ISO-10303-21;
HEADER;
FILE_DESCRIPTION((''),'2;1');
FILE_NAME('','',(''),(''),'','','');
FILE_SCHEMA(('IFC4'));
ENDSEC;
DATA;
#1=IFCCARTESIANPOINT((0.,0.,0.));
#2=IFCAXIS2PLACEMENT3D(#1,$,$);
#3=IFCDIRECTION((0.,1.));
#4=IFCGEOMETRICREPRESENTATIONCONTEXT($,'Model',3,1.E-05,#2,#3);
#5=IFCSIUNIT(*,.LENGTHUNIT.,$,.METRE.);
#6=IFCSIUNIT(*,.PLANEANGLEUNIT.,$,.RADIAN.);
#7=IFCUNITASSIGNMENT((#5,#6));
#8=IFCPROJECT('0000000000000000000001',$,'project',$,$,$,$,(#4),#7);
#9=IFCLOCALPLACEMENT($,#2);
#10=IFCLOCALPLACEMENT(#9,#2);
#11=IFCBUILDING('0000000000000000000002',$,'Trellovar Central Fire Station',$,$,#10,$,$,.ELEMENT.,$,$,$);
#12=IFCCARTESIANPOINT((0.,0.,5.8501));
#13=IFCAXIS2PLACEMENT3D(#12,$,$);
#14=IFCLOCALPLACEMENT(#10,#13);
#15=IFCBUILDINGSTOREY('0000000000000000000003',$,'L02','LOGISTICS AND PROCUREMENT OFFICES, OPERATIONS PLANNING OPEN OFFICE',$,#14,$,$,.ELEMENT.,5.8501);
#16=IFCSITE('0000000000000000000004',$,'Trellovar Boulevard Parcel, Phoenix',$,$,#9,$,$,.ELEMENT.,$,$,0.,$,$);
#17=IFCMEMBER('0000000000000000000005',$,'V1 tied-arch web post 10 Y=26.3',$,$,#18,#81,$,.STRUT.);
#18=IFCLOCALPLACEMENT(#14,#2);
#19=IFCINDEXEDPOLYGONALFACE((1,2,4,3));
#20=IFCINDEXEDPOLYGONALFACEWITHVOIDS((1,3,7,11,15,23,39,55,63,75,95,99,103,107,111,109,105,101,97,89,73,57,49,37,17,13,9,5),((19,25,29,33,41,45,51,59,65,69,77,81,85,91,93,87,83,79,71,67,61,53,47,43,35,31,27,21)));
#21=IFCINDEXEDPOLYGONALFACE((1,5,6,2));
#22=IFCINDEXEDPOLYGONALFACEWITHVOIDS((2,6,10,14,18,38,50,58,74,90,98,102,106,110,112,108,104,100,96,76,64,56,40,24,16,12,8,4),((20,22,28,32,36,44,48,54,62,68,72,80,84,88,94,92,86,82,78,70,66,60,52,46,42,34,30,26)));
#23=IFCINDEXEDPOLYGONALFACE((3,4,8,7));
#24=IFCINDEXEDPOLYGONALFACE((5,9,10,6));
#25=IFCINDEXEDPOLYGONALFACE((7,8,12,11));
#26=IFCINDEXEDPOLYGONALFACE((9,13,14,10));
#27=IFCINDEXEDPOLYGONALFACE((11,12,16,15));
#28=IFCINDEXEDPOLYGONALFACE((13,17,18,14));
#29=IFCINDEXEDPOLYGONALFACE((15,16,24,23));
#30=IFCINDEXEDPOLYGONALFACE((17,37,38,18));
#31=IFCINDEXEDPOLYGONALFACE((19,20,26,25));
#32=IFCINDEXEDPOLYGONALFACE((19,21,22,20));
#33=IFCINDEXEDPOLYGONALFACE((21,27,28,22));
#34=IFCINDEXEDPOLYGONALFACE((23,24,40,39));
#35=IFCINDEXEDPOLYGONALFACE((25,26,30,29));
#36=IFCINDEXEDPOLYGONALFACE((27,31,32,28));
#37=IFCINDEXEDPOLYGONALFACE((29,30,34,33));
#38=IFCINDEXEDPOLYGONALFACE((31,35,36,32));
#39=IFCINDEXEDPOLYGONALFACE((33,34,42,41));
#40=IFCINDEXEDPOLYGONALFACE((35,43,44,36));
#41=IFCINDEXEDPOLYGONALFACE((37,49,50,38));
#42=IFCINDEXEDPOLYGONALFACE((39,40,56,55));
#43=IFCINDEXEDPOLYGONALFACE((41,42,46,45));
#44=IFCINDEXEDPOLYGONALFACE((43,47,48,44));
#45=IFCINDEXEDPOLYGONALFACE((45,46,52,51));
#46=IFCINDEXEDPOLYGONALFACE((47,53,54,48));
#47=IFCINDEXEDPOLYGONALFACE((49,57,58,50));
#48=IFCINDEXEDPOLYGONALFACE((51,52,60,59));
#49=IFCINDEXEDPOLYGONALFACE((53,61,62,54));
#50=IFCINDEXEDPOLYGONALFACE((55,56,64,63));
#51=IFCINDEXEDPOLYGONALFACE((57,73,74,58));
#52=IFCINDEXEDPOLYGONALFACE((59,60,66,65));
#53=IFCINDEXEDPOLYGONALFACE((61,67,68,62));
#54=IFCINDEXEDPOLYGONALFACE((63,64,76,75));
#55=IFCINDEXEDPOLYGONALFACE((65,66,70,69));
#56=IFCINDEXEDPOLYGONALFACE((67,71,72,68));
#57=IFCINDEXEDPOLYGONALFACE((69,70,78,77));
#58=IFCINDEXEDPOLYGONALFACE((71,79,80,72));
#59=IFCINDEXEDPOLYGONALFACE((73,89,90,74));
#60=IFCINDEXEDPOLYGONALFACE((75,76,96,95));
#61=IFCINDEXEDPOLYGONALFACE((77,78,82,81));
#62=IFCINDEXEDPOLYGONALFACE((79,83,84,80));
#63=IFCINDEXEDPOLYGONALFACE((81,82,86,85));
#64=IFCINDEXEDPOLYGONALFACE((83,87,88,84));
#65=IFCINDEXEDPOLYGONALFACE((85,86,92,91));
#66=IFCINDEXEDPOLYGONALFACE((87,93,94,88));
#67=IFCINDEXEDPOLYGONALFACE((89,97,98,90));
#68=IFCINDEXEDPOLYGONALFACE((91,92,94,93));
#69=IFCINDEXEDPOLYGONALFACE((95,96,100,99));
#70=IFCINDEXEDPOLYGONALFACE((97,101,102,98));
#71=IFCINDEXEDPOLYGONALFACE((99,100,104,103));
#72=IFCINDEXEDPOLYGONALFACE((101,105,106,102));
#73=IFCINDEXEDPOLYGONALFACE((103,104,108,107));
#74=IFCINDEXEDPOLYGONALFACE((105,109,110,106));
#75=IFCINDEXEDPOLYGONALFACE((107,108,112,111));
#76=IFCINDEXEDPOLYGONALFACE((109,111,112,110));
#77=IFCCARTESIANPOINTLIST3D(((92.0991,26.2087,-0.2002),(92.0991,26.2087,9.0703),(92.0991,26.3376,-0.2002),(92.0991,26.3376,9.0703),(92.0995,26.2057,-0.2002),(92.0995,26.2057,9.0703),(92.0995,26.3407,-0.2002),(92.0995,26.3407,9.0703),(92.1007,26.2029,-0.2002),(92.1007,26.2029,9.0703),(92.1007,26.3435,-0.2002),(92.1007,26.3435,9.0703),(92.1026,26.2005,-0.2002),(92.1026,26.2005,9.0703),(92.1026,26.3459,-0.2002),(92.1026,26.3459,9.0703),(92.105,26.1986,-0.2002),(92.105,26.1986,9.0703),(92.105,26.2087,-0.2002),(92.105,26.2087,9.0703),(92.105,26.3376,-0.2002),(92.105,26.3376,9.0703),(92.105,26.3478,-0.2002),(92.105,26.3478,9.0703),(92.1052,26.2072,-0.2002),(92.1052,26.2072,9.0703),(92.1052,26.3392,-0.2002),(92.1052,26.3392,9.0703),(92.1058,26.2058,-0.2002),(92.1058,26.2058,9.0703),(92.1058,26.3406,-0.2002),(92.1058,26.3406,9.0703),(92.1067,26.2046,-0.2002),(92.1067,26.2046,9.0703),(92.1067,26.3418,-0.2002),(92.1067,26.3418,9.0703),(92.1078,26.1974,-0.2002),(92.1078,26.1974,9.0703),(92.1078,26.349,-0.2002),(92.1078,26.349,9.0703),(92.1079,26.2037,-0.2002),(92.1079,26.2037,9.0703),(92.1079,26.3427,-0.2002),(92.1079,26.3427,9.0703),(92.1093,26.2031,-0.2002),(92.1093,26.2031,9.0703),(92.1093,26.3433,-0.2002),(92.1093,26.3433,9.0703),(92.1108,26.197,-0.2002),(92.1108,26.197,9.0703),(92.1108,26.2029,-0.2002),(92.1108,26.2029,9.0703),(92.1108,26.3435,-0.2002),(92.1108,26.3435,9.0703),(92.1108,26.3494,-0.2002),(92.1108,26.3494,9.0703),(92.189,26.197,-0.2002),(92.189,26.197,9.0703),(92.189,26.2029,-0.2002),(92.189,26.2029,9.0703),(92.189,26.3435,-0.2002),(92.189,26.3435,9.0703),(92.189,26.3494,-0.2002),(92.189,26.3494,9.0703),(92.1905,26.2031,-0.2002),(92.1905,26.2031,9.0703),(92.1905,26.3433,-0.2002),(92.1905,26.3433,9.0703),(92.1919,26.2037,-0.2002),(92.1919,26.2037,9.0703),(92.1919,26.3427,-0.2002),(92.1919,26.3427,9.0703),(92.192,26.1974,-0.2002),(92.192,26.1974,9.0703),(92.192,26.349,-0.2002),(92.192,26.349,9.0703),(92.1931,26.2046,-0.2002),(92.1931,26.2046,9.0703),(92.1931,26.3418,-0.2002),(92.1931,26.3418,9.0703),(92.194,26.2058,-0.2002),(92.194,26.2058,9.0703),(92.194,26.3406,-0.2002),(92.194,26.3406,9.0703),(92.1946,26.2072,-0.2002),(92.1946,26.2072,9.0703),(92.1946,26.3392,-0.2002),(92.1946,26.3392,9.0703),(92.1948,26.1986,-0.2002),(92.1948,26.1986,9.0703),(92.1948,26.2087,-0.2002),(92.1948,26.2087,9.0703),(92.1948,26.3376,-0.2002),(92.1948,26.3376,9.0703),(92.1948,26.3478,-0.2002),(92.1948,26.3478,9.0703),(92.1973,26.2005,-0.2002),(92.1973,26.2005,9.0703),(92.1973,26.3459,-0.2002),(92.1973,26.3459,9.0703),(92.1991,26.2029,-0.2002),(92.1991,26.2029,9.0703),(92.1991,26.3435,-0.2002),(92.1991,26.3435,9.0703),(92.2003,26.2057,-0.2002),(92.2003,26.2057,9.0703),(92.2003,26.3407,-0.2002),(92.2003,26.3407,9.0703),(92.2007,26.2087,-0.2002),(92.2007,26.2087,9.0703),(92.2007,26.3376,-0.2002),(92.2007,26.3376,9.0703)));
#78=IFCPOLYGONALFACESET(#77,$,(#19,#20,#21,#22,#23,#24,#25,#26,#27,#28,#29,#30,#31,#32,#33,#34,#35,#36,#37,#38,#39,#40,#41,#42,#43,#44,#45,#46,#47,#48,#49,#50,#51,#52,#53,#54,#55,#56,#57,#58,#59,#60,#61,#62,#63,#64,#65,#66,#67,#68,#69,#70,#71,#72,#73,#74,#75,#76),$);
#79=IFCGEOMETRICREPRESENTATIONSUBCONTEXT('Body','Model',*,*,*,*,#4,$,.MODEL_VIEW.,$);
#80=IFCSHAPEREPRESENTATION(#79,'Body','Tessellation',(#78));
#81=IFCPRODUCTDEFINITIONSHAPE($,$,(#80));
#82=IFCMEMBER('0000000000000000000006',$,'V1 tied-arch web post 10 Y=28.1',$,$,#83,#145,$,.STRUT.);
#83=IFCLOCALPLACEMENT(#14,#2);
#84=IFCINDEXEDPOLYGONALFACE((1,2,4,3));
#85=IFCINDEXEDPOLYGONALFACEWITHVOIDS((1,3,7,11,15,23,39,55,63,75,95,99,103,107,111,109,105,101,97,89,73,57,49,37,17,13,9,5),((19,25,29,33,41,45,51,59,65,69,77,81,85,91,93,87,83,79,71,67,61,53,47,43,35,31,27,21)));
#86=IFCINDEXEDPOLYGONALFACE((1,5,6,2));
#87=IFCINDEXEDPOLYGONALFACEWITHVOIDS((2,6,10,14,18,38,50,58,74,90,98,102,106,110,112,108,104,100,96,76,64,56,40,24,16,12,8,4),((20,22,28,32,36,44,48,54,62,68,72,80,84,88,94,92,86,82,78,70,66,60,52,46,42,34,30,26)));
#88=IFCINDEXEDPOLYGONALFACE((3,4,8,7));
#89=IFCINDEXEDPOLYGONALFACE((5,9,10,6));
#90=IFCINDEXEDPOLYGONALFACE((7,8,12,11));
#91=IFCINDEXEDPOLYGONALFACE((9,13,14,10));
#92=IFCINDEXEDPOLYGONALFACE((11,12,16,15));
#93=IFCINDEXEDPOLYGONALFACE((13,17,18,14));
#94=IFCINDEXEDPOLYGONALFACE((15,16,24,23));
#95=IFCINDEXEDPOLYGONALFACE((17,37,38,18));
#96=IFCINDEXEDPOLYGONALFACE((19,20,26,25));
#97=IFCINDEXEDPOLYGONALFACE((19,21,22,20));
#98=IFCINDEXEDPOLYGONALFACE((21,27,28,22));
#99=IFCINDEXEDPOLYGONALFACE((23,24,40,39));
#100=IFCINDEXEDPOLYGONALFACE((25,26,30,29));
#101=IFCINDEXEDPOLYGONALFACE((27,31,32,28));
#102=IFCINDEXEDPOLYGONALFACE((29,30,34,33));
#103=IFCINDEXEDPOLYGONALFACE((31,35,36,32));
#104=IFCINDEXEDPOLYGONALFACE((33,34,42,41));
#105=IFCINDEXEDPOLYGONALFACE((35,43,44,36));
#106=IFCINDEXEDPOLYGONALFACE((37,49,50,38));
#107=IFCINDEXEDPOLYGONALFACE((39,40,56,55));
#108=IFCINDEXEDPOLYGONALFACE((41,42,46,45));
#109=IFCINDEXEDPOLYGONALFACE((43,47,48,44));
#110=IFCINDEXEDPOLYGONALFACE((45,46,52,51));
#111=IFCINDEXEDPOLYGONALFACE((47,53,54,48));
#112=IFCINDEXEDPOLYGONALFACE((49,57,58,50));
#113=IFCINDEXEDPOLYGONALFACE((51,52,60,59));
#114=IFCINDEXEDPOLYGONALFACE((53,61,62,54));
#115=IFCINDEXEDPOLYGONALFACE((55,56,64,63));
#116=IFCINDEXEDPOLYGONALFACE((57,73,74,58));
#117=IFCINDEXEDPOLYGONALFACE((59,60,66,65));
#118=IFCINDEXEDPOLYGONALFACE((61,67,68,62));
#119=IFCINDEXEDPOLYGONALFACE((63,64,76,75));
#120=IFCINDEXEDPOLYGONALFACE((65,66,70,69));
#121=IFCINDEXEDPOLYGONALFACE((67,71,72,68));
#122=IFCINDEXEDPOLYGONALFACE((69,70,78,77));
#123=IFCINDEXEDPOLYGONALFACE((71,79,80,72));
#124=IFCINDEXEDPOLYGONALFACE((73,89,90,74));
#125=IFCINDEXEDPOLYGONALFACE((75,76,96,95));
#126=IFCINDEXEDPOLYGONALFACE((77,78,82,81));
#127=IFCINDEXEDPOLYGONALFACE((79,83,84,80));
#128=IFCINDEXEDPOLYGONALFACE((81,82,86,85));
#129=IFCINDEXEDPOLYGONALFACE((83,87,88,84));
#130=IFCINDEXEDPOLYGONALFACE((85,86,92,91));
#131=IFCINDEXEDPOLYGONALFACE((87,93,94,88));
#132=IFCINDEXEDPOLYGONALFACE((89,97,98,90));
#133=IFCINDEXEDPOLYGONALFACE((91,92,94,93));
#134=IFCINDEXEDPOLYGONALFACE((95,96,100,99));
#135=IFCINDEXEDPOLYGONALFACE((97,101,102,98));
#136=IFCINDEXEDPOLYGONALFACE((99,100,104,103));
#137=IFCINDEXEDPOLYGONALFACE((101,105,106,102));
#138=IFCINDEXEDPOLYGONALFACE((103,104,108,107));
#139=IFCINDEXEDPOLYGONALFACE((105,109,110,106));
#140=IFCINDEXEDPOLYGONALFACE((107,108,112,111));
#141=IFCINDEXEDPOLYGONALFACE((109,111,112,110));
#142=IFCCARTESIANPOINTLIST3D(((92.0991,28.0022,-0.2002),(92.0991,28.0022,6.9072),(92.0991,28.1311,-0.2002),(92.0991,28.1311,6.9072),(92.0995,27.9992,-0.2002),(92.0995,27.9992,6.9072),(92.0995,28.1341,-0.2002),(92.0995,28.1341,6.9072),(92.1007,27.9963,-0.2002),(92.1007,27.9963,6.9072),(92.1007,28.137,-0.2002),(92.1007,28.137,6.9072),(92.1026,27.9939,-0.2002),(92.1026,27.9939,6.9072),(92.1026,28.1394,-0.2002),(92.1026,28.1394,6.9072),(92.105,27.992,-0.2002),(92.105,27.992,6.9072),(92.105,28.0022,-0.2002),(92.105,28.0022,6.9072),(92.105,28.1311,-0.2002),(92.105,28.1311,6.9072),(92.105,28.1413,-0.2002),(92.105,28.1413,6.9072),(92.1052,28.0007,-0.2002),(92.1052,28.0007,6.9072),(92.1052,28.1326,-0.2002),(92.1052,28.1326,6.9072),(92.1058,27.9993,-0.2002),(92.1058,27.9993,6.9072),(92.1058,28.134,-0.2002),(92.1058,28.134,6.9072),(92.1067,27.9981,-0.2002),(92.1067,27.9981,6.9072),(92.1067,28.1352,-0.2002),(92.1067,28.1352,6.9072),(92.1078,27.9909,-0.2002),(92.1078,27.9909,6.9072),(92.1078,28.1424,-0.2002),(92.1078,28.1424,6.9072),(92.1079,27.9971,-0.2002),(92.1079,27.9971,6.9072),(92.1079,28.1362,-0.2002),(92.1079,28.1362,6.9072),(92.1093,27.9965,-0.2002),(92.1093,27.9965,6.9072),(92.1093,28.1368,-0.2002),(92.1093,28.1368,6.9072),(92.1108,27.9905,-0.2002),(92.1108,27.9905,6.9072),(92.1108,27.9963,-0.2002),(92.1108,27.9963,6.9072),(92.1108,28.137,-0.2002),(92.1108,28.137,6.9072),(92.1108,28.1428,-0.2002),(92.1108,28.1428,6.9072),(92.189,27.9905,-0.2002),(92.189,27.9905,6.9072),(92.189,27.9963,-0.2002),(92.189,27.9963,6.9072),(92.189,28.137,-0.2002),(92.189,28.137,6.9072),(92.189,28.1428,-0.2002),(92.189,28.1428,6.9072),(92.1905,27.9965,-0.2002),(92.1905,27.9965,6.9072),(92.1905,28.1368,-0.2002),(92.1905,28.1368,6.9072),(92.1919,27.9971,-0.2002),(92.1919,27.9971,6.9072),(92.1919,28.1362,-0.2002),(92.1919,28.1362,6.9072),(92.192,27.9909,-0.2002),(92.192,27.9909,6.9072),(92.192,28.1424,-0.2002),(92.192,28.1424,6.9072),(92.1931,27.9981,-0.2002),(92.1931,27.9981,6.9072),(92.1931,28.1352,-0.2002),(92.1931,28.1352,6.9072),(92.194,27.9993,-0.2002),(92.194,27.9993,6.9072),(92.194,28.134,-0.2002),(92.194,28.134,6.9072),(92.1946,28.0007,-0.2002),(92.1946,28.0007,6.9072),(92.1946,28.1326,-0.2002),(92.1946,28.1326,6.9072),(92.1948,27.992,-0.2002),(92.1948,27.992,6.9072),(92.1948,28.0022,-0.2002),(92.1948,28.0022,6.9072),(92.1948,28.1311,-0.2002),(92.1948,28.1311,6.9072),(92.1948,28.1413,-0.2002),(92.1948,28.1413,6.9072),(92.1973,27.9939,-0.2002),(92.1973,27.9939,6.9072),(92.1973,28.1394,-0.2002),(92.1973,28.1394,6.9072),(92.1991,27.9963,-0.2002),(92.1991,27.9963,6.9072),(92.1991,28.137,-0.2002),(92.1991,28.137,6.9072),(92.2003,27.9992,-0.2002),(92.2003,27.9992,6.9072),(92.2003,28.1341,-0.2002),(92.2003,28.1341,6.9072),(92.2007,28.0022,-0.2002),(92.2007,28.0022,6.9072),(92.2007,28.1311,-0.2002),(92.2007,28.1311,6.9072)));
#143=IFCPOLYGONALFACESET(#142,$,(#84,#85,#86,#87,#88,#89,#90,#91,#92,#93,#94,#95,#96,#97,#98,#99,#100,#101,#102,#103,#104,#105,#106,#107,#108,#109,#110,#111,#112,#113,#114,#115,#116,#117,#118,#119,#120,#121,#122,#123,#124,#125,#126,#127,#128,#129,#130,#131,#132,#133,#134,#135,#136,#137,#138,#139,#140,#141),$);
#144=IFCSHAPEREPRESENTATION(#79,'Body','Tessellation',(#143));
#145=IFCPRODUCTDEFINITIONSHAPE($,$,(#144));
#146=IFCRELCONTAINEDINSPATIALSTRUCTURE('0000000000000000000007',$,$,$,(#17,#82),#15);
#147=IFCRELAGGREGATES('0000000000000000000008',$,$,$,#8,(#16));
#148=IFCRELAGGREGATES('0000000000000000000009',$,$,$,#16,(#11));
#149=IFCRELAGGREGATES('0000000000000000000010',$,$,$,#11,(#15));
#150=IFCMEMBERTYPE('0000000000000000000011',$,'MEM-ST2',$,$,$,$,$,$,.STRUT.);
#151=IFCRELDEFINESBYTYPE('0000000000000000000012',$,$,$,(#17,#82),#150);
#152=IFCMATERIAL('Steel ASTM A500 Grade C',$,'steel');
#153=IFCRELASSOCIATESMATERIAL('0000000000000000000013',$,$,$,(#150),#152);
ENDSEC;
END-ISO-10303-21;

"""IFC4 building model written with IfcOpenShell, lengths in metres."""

from ifc_helpers import new_model, si_unit, direction, frame, origin, origin_2d, place, context, subcontext, project, spatial, hollow_rectangle, extrude, material, material_profile, profile_set, type_object, element, save


model = new_model("IFC4")

# Units and contexts
model_context = context("Model", 3, precision=1e-05, world=origin(), true_north=direction((0.0, 1.0)))
body_context = subcontext(model_context, "Body", "Model", "MODEL_VIEW")
ifc_project = project(units=[si_unit("LENGTHUNIT", "METRE"), si_unit("PLANEANGLEUNIT", "RADIAN")], contexts=[model_context])

# Site, building, storey
site_placement = place(None, origin())
site = spatial("IfcSite", under=ifc_project, at=site_placement, Name="Trellovar Boulevard Parcel, Phoenix", CompositionType="ELEMENT", RefElevation=0.0)
building_placement = place(site_placement, origin())
building = spatial("IfcBuilding", under=site, at=building_placement, Name="Trellovar Central Fire Station", CompositionType="ELEMENT")
storey_placement = place(building_placement, frame((0.0, 0.0, 5.8501)))
storey = spatial("IfcBuildingStorey", under=building, at=storey_placement, Name="L02", Description="LOGISTICS AND PROCUREMENT OFFICES, OPERATIONS PLANNING OPEN OFFICE", CompositionType="ELEMENT", Elevation=5.8501)

# Members
ifc_material_1 = material(Name="Steel ASTM A500 Grade C", Category="steel")
ifc_material_profile_1 = material_profile(ifc_material_1, hollow_rectangle(XDim=0.1016, YDim=0.1523, WallThickness=0.0059, InnerFilletRadius=0.0059, OuterFilletRadius=0.0117, at=origin_2d()), Name="HSS6X4X1/4")
ifc_profile_set_1 = profile_set([ifc_material_profile_1], Name="Steel ASTM A500 Grade C")
member_type_1 = type_object("IfcMemberType", Name="MEM-ST2", PredefinedType="STRUT", material=ifc_profile_set_1)
member_1_placement = place(storey_placement, frame((92.1499, 26.2732, -0.2002), z_axis=(0.0, 0.0, 1.0), x_axis=(1.0, 0.0, 0.0)))
element("IfcMember", 1, at=member_1_placement, inside=storey, type_object=member_type_1, Name="V1 tied-arch web post 10 Y=26.3", PredefinedType="STRUT", context=body_context, shape_type="SweptSolid", body=[
    extrude(hollow_rectangle(XDim=0.1016, YDim=0.1523, WallThickness=0.0059, InnerFilletRadius=0.0059, OuterFilletRadius=0.0117, at=origin_2d()), origin(), (0.0, 0.0, 1.0), 9.2705),
])
member_2_placement = place(storey_placement, frame((92.1499, 28.0667, -0.2002), z_axis=(0.0, 0.0, 1.0), x_axis=(1.0, 0.0, 0.0)))
element("IfcMember", 2, at=member_2_placement, inside=storey, type_object=member_type_1, Name="V1 tied-arch web post 10 Y=28.1", PredefinedType="STRUT", context=body_context, shape_type="SweptSolid", body=[
    extrude(hollow_rectangle(XDim=0.1016, YDim=0.1523, WallThickness=0.0059, InnerFilletRadius=0.0059, OuterFilletRadius=0.0117, at=origin_2d()), origin(), (0.0, 0.0, 1.0), 7.1074),
])

save(model, "model.ifc")
